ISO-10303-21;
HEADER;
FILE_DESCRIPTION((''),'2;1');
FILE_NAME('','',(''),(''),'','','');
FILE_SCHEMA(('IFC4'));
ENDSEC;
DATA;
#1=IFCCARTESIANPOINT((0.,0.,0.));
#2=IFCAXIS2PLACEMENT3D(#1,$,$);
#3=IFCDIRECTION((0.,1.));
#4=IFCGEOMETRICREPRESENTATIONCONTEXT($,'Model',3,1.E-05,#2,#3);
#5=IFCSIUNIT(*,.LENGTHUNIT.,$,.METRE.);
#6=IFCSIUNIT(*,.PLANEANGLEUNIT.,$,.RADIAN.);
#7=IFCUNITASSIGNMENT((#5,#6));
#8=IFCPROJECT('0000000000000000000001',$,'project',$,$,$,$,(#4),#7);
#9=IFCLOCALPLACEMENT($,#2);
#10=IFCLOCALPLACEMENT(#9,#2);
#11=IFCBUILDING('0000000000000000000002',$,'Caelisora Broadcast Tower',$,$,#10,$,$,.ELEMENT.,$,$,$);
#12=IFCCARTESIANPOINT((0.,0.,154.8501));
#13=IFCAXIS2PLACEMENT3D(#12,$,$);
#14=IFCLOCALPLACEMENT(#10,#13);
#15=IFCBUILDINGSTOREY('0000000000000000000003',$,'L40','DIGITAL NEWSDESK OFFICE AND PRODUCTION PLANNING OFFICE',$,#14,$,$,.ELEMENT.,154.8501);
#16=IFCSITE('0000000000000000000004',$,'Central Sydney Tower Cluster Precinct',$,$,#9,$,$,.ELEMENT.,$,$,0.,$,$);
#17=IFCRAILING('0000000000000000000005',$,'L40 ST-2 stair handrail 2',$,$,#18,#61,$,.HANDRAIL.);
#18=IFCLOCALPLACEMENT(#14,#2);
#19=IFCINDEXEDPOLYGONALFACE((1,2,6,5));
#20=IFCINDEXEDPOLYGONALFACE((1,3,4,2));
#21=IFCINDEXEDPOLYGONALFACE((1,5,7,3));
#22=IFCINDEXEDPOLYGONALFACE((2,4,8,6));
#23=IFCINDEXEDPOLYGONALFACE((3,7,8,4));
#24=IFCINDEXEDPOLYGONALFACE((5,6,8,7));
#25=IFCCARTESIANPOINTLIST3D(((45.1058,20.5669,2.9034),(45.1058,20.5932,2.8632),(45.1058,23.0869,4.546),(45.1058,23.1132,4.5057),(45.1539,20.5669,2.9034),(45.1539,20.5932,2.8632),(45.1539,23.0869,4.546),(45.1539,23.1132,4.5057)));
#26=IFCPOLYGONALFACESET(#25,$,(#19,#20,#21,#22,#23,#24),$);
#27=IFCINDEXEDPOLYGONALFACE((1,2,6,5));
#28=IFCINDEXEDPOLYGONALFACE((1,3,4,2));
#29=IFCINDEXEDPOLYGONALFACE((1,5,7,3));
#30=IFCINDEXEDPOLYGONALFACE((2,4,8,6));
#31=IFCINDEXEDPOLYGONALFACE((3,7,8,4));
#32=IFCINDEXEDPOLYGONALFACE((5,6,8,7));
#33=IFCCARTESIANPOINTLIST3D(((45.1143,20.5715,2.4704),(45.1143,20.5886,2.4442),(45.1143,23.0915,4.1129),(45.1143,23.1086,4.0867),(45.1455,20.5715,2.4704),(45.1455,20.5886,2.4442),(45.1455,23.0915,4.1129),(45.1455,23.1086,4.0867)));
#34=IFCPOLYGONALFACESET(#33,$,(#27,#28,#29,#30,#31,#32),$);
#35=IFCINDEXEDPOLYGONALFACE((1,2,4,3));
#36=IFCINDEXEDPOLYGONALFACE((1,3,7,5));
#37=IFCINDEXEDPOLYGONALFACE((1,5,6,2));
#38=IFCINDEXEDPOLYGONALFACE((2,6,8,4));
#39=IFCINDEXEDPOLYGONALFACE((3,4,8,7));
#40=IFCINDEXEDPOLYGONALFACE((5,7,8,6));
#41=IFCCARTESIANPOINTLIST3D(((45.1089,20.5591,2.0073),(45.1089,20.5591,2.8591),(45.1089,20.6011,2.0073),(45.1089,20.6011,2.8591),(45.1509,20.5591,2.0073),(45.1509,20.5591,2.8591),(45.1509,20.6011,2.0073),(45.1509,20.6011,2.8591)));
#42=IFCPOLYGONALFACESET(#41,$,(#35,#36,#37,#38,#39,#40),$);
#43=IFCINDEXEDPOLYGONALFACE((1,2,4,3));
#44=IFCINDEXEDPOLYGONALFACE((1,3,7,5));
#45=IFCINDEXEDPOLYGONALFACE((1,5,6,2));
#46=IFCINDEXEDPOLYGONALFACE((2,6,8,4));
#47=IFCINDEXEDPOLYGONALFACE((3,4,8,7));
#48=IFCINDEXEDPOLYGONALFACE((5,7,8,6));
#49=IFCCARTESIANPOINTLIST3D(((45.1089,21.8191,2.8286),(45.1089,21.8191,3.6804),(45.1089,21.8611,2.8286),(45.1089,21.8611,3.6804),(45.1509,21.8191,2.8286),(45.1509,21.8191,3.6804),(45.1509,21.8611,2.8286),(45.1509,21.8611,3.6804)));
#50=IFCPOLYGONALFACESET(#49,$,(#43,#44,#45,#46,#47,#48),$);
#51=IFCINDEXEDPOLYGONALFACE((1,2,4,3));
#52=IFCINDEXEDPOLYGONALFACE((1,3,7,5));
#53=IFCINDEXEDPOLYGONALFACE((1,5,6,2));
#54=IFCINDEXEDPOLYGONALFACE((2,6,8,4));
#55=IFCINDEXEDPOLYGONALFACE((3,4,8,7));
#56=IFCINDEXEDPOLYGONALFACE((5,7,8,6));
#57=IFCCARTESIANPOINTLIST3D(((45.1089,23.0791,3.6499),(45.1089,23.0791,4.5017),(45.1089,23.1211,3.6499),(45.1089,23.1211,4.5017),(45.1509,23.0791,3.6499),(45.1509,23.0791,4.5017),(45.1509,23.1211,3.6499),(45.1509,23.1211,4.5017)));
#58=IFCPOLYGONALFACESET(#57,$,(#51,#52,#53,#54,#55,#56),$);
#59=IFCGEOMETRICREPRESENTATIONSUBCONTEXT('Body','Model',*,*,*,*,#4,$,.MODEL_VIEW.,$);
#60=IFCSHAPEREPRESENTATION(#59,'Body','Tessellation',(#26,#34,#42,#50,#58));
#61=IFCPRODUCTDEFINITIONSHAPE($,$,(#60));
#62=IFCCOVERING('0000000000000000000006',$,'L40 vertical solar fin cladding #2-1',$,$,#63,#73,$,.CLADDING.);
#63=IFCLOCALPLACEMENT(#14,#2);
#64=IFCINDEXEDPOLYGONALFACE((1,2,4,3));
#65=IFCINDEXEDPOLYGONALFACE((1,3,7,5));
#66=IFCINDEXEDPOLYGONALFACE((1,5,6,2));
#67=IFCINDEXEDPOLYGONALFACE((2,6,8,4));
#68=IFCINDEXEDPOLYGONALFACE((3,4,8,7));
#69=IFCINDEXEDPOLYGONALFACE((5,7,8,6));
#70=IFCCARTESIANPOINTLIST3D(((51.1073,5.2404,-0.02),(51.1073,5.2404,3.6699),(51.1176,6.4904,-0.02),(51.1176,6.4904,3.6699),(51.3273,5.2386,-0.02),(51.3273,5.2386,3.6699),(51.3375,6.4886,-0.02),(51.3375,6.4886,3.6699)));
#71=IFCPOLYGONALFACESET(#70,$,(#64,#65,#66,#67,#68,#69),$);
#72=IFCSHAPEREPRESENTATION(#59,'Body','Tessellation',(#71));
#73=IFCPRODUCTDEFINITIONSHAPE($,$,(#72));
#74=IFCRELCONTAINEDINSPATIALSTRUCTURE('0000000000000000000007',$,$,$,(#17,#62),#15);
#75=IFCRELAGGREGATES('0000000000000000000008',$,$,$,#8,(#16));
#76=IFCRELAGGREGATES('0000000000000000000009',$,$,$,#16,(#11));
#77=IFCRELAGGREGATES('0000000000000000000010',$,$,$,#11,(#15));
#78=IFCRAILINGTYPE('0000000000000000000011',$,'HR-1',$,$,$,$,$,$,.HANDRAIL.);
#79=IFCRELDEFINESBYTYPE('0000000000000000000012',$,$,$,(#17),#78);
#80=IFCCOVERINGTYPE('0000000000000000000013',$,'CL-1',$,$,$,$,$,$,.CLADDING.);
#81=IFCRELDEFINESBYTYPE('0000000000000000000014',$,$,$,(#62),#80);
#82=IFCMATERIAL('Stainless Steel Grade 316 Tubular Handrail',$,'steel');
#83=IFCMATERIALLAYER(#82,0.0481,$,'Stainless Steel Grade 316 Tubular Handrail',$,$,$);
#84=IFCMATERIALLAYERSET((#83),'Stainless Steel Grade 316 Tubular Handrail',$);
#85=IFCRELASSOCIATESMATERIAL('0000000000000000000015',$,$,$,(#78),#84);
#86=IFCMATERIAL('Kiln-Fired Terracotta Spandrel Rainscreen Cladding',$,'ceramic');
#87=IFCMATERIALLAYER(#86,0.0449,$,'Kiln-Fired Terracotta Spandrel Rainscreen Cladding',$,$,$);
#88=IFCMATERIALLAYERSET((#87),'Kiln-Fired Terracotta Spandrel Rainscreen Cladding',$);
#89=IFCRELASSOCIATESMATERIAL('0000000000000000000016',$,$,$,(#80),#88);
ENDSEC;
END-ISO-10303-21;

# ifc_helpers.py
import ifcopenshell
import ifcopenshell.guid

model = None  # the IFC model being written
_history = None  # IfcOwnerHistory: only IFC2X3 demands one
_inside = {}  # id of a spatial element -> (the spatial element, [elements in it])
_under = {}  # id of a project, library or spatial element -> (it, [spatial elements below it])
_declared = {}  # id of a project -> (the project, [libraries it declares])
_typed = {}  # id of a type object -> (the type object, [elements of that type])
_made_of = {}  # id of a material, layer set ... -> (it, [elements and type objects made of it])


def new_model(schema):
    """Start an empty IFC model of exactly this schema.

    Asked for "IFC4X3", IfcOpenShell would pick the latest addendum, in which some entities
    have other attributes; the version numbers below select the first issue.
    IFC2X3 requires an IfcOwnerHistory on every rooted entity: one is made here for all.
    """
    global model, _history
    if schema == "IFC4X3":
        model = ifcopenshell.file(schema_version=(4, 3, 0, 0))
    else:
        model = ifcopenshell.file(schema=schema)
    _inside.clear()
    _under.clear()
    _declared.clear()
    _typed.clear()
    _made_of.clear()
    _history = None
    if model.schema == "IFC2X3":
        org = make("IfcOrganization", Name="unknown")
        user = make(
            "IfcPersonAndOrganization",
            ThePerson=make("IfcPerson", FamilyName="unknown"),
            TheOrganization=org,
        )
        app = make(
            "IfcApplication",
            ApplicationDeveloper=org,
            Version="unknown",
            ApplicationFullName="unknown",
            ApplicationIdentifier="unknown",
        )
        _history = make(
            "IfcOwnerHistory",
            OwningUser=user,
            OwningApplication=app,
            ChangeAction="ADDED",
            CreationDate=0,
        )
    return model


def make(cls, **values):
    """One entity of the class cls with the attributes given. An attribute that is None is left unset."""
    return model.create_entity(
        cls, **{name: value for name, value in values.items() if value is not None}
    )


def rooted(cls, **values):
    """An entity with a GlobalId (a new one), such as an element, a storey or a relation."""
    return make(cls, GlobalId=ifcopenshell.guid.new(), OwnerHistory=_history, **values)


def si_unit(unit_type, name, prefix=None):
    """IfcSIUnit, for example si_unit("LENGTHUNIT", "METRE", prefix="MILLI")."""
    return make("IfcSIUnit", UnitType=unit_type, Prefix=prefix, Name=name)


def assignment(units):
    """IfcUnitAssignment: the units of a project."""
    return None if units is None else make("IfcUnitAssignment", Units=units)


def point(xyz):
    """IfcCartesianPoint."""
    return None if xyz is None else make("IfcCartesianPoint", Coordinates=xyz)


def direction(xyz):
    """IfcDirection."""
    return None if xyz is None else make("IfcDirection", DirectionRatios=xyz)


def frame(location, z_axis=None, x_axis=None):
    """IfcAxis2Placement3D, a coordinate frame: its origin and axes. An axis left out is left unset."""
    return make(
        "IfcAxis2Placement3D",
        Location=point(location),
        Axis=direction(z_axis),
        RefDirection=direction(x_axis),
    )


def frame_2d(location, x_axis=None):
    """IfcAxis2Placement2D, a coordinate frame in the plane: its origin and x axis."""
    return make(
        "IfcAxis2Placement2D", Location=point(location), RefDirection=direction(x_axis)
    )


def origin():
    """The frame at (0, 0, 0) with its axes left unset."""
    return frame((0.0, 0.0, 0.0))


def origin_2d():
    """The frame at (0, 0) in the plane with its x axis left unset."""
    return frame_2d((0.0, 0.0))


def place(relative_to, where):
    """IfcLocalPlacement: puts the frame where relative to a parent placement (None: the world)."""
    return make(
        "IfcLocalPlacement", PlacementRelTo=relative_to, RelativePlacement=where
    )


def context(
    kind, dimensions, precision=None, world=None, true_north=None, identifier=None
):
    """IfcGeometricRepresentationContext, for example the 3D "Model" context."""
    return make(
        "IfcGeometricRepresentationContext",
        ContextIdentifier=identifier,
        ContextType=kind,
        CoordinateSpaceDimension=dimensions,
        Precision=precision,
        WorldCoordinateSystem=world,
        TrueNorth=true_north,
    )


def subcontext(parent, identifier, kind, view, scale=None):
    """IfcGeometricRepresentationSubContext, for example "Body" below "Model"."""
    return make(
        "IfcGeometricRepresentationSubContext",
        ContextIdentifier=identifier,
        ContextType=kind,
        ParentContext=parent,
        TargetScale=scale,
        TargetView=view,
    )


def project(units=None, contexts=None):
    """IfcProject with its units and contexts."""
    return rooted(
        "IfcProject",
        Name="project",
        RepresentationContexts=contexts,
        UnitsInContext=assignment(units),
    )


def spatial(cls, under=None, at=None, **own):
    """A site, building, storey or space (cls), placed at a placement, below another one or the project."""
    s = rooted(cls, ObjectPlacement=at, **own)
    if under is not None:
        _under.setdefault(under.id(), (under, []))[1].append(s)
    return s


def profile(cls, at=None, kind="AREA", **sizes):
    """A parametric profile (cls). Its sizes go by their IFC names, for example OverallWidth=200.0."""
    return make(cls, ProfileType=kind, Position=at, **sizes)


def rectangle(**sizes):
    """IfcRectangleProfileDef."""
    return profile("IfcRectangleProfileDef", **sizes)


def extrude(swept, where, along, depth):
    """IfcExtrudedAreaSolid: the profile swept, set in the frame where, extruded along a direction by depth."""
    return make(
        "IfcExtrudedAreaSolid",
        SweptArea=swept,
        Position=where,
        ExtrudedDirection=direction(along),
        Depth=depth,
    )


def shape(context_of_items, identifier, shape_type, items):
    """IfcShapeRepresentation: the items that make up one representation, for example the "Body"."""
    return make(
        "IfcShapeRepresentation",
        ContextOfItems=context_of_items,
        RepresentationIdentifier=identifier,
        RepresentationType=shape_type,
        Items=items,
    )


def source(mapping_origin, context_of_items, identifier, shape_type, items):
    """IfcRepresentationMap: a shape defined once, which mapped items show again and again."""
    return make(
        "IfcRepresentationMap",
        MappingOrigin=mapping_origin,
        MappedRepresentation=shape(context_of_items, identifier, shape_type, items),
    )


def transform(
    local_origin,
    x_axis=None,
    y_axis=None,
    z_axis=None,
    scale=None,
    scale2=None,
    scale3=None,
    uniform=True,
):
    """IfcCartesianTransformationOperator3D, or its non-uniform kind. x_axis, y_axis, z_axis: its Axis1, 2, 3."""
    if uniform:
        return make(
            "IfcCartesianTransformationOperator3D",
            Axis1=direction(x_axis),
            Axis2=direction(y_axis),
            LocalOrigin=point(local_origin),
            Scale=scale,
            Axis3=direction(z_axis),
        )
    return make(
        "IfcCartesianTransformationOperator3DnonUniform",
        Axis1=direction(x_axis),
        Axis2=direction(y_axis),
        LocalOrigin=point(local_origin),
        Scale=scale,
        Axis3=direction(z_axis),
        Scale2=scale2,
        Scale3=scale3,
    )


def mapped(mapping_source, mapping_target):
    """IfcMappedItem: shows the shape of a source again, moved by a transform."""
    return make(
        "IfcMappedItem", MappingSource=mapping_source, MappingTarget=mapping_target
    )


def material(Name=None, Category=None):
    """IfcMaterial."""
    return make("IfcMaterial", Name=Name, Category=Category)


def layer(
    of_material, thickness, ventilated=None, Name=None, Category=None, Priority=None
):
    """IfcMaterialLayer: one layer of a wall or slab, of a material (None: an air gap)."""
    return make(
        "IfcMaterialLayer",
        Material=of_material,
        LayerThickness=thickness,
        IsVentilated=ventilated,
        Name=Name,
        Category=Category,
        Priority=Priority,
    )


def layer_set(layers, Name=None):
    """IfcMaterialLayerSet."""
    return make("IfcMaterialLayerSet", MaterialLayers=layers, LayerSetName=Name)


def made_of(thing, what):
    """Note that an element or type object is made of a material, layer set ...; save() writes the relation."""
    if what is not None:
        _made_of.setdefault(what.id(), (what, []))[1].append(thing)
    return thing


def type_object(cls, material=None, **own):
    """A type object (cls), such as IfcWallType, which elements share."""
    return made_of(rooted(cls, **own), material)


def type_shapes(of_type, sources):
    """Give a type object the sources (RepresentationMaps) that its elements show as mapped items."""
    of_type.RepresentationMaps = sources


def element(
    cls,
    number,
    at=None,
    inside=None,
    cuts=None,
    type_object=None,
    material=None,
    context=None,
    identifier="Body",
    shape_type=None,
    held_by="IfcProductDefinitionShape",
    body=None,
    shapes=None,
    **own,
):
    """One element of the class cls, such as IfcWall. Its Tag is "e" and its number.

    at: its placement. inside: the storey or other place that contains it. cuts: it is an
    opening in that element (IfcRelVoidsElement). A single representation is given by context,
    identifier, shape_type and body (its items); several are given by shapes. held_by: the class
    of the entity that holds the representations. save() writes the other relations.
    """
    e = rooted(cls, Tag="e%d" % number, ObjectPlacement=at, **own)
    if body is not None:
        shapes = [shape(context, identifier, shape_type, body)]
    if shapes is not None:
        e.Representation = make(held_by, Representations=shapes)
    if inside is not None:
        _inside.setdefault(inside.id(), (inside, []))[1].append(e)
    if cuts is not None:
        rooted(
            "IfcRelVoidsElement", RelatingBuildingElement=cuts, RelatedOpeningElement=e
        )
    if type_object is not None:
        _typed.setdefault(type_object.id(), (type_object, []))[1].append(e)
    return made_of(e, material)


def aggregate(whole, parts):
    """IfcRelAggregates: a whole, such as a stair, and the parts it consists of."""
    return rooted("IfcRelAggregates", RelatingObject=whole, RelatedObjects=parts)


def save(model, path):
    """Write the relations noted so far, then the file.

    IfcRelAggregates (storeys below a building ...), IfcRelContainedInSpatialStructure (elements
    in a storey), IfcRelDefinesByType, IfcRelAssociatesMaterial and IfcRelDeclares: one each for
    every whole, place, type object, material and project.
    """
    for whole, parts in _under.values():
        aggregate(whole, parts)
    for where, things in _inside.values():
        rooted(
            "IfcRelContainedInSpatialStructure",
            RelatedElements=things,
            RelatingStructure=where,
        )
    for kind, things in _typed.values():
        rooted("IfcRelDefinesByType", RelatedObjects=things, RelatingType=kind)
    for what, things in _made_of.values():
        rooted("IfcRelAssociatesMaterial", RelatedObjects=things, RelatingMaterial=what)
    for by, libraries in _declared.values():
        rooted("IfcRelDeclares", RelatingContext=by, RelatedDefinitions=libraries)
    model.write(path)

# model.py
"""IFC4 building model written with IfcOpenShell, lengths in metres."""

from ifc_helpers import new_model, si_unit, direction, frame, origin, origin_2d, place, context, subcontext, project, spatial, rectangle, extrude, source, transform, mapped, material, layer, layer_set, type_object, type_shapes, element, save


model = new_model("IFC4")

# Units and contexts
model_context = context("Model", 3, precision=1e-05, world=origin(), true_north=direction((0.0, 1.0)))
body_context = subcontext(model_context, "Body", "Model", "MODEL_VIEW")
ifc_project = project(units=[si_unit("LENGTHUNIT", "METRE"), si_unit("PLANEANGLEUNIT", "RADIAN")], contexts=[model_context])

# Site, building, storey
site_placement = place(None, origin())
site = spatial("IfcSite", under=ifc_project, at=site_placement, Name="Central Sydney Tower Cluster Precinct", CompositionType="ELEMENT", RefElevation=0.0)
building_placement = place(site_placement, origin())
building = spatial("IfcBuilding", under=site, at=building_placement, Name="Caelisora Broadcast Tower", CompositionType="ELEMENT")
storey_placement = place(building_placement, frame((0.0, 0.0, 154.8501)))
storey = spatial("IfcBuildingStorey", under=building, at=storey_placement, Name="L40", Description="DIGITAL NEWSDESK OFFICE AND PRODUCTION PLANNING OFFICE", CompositionType="ELEMENT", Elevation=154.8501)

# Railing
ifc_material_1 = material(Name="Stainless Steel Grade 316 Tubular Handrail", Category="steel")
ifc_layer_1 = layer(ifc_material_1, 0.0481, Name="Stainless Steel Grade 316 Tubular Handrail")
ifc_layer_set_1 = layer_set([ifc_layer_1], Name="Stainless Steel Grade 316 Tubular Handrail")
railing_type = type_object("IfcRailingType", Name="HR-1", PredefinedType="HANDRAIL", material=ifc_layer_set_1)
railing_placement = place(storey_placement, frame((45.1299, 20.5801, 2.0073)))
element("IfcRailing", 1, at=railing_placement, inside=storey, type_object=railing_type, Name="L40 ST-2 stair handrail 2", PredefinedType="HANDRAIL", context=body_context, shape_type="SweptSolid", body=[
    extrude(rectangle(XDim=0.0481, YDim=0.0481, at=origin_2d()), frame((0.0, 0.0, 0.876), z_axis=(0.0, 0.837749, 0.546055), x_axis=(-1.0, 0.0, 0.0)), (0.0, 0.0, 1.0), 3.0081),
    extrude(rectangle(XDim=0.0312, YDim=0.0312, at=origin_2d()), frame((0.0, 0.0, 0.45), z_axis=(0.0, 0.837749, 0.546055), x_axis=(-1.0, 0.0, 0.0)), (0.0, 0.0, 1.0), 3.0081),
    extrude(rectangle(XDim=0.042, YDim=0.042, at=origin_2d()), origin(), (0.0, 0.0, 1.0), 0.8518),
    extrude(rectangle(XDim=0.042, YDim=0.042, at=origin_2d()), frame((0.0, 1.26, 0.8213)), (0.0, 0.0, 1.0), 0.8518),
    extrude(rectangle(XDim=0.042, YDim=0.042, at=origin_2d()), frame((0.0, 2.52, 1.6426)), (0.0, 0.0, 1.0), 0.8518),
])

# Covering
ifc_material_2 = material(Name="Kiln-Fired Terracotta Spandrel Rainscreen Cladding", Category="ceramic")
ifc_layer_2 = layer(ifc_material_2, 0.0449, Name="Kiln-Fired Terracotta Spandrel Rainscreen Cladding")
ifc_layer_set_2 = layer_set([ifc_layer_2], Name="Kiln-Fired Terracotta Spandrel Rainscreen Cladding")
covering_type = type_object("IfcCoveringType", Name="CL-1", PredefinedType="CLADDING", material=ifc_layer_set_2)
shared_shape_1 = source(origin(), body_context, "Body", "SweptSolid", [
    extrude(rectangle(XDim=0.22, YDim=1.25, at=origin_2d()), origin(), (0.0, 0.0, 1.0), 3.6899),
])
type_shapes(covering_type, [shared_shape_1])
covering_placement = place(storey_placement, frame((51.2224, 5.8645, -0.02), z_axis=(0.0, 0.0, 1.0), x_axis=(-0.999966, 0.008203, 0.0)))
element("IfcCovering", 2, at=covering_placement, inside=storey, type_object=covering_type, Name="L40 vertical solar fin cladding #2-1", PredefinedType="CLADDING", context=body_context, shape_type="MappedRepresentation", body=[
    mapped(shared_shape_1, transform((0.0, 0.0, 0.0), scale=1.0)),
])

save(model, "model.ifc")
